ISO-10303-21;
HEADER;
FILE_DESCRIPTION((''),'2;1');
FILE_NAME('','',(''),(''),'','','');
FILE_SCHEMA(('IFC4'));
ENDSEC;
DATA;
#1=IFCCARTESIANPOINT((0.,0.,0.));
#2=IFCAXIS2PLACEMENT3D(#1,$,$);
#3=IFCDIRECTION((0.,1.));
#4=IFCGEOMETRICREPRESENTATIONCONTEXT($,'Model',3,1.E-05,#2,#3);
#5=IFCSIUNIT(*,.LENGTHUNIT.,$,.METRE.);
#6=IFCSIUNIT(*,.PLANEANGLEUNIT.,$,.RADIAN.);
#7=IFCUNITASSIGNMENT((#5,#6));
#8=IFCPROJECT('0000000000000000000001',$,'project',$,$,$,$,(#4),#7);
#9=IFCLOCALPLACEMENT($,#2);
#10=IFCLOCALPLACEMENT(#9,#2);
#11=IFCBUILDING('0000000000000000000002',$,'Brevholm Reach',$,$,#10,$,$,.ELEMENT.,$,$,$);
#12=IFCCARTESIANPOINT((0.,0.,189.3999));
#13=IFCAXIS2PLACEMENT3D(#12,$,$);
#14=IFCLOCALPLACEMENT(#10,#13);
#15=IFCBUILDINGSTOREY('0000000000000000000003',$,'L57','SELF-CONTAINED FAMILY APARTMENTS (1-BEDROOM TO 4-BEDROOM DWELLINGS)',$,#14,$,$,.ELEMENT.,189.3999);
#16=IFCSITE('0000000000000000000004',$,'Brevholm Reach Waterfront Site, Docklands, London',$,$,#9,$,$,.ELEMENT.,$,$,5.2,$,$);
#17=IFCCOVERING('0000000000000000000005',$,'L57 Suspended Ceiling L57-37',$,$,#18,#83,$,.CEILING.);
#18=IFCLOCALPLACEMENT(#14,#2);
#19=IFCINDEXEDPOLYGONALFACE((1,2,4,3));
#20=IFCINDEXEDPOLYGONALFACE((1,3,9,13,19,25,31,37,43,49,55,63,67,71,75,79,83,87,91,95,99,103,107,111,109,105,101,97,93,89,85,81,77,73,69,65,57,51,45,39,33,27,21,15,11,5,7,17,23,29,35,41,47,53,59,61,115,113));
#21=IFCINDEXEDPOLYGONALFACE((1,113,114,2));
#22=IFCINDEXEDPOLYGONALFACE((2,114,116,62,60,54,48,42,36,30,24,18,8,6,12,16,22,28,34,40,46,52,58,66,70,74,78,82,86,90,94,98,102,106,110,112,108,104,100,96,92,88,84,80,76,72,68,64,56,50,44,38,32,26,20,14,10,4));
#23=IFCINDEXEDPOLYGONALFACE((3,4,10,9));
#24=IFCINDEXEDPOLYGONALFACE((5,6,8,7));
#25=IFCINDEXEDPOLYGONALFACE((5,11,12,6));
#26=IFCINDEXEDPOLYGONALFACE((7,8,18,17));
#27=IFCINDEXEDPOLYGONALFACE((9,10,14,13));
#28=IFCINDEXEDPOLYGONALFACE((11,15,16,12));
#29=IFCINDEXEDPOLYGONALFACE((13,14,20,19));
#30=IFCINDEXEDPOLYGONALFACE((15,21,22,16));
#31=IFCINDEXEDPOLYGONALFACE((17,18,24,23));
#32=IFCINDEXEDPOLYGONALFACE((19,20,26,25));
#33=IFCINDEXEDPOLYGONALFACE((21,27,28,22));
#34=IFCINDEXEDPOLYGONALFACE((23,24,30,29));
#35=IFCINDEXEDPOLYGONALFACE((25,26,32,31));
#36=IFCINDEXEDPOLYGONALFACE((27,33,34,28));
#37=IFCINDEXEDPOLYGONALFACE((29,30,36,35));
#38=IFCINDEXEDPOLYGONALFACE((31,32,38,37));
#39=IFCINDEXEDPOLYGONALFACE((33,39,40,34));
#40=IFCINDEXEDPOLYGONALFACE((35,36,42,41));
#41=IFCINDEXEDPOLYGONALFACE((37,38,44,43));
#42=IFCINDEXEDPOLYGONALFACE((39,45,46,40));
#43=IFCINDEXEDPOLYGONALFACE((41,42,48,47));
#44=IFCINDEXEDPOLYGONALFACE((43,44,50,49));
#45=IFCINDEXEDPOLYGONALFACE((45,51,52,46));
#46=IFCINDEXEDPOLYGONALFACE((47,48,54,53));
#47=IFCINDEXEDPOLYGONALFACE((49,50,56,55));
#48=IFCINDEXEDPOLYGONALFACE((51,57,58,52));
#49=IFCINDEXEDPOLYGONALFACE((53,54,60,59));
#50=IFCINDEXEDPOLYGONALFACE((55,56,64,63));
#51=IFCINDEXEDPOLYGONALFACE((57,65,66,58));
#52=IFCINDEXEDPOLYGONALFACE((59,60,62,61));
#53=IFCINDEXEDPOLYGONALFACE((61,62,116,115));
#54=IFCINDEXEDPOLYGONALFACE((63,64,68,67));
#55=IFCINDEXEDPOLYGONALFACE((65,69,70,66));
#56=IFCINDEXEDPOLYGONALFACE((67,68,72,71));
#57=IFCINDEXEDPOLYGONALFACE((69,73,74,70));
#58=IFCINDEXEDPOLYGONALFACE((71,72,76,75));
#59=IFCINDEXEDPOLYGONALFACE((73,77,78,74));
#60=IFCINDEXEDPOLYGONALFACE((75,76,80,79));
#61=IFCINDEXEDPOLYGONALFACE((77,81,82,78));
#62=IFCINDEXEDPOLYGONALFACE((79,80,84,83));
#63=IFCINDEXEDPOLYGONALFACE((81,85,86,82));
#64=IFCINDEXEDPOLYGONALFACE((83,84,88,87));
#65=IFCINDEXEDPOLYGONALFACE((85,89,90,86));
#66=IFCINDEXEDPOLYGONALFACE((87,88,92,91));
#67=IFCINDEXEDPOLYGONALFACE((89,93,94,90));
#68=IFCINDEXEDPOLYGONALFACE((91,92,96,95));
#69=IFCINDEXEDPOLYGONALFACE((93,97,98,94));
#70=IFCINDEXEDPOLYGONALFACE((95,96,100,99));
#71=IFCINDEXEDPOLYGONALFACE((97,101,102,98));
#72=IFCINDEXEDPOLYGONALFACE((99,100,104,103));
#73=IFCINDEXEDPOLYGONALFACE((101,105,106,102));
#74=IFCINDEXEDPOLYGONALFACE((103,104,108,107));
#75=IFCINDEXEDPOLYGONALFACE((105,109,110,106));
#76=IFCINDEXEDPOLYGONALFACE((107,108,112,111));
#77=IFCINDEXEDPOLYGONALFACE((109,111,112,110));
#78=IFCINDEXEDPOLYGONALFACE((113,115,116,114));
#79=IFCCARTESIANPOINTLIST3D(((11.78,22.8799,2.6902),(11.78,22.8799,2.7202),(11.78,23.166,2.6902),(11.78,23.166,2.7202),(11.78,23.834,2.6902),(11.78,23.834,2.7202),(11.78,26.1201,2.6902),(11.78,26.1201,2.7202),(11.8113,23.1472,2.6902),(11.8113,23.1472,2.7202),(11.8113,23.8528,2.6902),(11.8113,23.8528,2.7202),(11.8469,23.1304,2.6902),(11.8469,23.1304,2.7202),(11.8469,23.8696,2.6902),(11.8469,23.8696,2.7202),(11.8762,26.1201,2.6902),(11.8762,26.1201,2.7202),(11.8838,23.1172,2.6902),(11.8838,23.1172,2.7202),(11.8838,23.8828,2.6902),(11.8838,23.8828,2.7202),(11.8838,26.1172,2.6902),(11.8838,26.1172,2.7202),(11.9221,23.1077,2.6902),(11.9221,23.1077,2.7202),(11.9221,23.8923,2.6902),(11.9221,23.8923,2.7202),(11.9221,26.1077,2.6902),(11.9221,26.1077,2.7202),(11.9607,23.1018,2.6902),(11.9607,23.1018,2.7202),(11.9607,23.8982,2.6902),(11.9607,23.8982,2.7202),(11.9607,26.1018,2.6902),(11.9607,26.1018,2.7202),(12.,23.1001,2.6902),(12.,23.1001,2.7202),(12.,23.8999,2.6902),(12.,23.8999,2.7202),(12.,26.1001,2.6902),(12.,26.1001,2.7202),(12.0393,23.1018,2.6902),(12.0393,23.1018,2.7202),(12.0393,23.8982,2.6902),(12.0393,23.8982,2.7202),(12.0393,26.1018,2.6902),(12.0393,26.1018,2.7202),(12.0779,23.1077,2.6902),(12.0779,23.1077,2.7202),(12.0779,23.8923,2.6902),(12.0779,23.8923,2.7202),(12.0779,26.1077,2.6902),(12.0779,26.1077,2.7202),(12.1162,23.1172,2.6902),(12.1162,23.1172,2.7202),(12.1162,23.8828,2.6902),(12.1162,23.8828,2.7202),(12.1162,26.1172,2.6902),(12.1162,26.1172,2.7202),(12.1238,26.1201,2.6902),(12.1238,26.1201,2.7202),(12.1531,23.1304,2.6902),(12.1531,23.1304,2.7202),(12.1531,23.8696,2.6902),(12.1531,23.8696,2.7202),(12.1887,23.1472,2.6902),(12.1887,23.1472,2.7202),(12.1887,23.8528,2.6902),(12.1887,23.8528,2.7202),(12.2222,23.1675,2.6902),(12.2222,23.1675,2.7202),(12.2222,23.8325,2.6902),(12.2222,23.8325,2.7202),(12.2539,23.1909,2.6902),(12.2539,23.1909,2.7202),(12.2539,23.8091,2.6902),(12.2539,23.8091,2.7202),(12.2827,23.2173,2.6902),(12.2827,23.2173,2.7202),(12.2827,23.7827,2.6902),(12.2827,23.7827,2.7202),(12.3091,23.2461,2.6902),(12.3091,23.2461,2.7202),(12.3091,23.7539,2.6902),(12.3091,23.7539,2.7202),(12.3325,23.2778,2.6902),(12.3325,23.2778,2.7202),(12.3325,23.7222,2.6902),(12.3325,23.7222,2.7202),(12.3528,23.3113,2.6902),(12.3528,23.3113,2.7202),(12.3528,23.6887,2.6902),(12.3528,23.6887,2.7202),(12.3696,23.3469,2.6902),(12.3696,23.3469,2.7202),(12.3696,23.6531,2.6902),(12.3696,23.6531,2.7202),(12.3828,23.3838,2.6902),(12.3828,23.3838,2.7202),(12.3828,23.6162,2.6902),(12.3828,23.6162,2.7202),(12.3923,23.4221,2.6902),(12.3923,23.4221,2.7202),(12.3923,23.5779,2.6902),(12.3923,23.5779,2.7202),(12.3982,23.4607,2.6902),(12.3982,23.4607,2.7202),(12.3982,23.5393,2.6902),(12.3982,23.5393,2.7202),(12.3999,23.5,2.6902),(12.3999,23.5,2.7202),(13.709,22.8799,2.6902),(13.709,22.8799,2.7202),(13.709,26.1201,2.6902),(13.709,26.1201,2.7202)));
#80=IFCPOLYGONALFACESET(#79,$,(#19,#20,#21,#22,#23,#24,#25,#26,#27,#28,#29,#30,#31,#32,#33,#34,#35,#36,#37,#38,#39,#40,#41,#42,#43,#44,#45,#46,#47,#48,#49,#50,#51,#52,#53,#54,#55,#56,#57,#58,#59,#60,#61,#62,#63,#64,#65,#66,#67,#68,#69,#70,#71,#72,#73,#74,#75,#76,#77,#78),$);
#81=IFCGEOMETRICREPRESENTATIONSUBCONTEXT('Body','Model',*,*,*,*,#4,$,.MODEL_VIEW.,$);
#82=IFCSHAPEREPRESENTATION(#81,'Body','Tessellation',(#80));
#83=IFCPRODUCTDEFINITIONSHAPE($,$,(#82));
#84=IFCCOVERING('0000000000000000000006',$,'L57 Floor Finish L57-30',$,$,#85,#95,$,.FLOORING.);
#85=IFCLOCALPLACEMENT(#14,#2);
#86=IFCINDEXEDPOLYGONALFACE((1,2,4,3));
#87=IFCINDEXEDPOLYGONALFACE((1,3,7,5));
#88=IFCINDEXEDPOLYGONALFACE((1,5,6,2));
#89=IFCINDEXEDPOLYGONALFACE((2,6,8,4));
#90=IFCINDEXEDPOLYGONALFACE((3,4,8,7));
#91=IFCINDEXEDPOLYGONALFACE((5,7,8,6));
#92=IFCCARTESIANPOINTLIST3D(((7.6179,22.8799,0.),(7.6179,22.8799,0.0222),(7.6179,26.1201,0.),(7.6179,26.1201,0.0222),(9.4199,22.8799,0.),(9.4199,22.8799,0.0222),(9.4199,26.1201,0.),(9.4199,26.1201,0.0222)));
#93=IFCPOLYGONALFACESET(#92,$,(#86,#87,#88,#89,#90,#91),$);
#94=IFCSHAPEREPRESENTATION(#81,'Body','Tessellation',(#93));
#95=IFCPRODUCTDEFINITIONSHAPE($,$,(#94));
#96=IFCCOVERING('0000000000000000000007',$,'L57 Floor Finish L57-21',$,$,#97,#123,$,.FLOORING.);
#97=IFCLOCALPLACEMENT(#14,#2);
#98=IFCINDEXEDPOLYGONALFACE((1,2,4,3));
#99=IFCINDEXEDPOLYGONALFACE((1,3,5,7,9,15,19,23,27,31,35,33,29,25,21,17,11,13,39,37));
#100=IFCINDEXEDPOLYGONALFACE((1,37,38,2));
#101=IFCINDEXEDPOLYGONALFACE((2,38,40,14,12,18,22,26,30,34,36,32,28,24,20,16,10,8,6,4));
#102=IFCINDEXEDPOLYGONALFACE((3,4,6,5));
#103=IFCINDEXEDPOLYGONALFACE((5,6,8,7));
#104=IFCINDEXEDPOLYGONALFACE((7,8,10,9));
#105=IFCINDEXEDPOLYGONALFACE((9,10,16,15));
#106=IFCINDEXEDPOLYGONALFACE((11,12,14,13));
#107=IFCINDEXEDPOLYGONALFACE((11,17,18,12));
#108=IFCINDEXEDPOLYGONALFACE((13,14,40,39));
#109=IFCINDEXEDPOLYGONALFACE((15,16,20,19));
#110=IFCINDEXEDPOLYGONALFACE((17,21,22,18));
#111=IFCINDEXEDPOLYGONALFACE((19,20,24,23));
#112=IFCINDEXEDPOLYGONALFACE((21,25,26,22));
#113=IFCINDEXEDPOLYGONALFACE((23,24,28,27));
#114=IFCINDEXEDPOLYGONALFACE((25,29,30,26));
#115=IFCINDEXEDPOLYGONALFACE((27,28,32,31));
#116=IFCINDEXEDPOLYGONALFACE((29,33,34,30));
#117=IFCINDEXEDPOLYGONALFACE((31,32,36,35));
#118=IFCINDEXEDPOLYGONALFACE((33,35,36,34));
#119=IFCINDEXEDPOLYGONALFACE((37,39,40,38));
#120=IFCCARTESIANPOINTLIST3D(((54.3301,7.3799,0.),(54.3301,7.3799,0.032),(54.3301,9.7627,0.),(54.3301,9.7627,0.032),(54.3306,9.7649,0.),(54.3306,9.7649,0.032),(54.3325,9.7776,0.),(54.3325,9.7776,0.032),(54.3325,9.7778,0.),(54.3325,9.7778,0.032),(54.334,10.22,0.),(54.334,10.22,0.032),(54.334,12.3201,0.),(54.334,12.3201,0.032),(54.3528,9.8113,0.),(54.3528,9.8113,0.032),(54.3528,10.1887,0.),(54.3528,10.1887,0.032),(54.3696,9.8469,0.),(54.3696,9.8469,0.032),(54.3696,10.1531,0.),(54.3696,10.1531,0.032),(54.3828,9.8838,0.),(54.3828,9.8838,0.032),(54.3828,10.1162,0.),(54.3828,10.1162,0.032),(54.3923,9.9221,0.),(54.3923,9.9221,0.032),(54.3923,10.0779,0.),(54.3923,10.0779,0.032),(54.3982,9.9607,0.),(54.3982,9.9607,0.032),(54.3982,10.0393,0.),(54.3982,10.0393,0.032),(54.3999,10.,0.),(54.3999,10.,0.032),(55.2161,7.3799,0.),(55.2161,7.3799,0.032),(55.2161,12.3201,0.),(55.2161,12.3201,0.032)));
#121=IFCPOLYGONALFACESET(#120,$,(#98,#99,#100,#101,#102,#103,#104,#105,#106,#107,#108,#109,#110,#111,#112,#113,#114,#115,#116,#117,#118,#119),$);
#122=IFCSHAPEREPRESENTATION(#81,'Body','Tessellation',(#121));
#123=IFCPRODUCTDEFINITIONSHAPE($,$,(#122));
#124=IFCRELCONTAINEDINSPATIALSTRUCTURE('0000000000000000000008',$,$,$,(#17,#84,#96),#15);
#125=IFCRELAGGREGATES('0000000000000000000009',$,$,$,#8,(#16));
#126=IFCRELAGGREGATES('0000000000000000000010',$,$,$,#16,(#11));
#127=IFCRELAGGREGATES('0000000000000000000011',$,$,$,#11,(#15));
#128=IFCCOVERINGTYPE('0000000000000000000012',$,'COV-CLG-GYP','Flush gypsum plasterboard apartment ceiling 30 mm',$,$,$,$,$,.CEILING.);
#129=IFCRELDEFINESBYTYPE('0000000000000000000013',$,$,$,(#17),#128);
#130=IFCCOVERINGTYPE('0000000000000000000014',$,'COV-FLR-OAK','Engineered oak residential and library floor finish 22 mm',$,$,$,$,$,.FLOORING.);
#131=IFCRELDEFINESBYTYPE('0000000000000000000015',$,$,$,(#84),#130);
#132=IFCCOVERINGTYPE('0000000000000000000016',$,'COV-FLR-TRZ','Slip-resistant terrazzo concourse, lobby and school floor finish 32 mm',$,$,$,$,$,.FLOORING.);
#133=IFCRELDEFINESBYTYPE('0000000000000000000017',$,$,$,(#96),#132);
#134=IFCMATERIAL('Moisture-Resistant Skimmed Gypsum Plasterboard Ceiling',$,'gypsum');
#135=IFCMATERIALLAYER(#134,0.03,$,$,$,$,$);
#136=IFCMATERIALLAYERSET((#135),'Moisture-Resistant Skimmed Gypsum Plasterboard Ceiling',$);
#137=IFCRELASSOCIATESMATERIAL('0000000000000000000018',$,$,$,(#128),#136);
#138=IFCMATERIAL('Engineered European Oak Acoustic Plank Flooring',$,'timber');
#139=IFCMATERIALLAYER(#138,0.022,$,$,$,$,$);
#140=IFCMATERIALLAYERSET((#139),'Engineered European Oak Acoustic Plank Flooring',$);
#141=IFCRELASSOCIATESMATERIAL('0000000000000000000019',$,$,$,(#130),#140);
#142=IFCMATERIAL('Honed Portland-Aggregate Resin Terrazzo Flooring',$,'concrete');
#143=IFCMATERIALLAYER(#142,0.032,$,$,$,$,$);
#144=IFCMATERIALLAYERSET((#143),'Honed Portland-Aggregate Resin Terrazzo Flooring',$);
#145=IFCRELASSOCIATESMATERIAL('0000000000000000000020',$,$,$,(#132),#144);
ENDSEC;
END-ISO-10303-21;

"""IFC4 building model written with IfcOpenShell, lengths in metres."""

from ifc_helpers import new_model, si_unit, direction, frame, origin, place, context, subcontext, project, spatial, polyline, outline, extrude, material, layer, layer_set, type_object, element, save


model = new_model("IFC4")

# Units and contexts
model_context = context("Model", 3, precision=1e-05, world=origin(), true_north=direction((0.0, 1.0)))
body_context = subcontext(model_context, "Body", "Model", "MODEL_VIEW")
ifc_project = project(units=[si_unit("LENGTHUNIT", "METRE"), si_unit("PLANEANGLEUNIT", "RADIAN")], contexts=[model_context])

# Site, building, storey
site_placement = place(None, origin())
site = spatial("IfcSite", under=ifc_project, at=site_placement, Name="Brevholm Reach Waterfront Site, Docklands, London", CompositionType="ELEMENT", RefElevation=5.2)
building_placement = place(site_placement, origin())
building = spatial("IfcBuilding", under=site, at=building_placement, Name="Brevholm Reach", CompositionType="ELEMENT")
storey_placement = place(building_placement, frame((0.0, 0.0, 189.3999)))
storey = spatial("IfcBuildingStorey", under=building, at=storey_placement, Name="L57", Description="SELF-CONTAINED FAMILY APARTMENTS (1-BEDROOM TO 4-BEDROOM DWELLINGS)", CompositionType="ELEMENT", Elevation=189.3999)

# Coverings
ifc_material_1 = material(Name="Moisture-Resistant Skimmed Gypsum Plasterboard Ceiling", Category="gypsum")
ifc_layer_1 = layer(ifc_material_1, 0.03)
ifc_layer_set_1 = layer_set([ifc_layer_1], Name="Moisture-Resistant Skimmed Gypsum Plasterboard Ceiling")
covering_type_1 = type_object("IfcCoveringType", Name="COV-CLG-GYP", Description="Flush gypsum plasterboard apartment ceiling 30 mm", PredefinedType="CEILING", material=ifc_layer_set_1)
covering_1_placement = place(storey_placement, frame((0.0, 0.0, 2.6902)))
element("IfcCovering", 1, at=covering_1_placement, inside=storey, type_object=covering_type_1, Name="L57 Suspended Ceiling L57-37", PredefinedType="CEILING", context=body_context, shape_type="SweptSolid", body=[
    extrude(outline(polyline([(11.78, 23.166), (11.8113, 23.1472), (11.8469, 23.1304), (11.8838, 23.1172), (11.9221, 23.1077), (11.9607, 23.1018), (12.0, 23.1001), (12.0393, 23.1018), (12.0779, 23.1077), (12.1162, 23.1172), (12.1531, 23.1304), (12.1887, 23.1472), (12.2222, 23.1675), (12.2539, 23.1909), (12.2827, 23.2173), (12.3091, 23.2461), (12.3325, 23.2778), (12.3528, 23.3113), (12.3696, 23.3469), (12.3828, 23.3838), (12.3923, 23.4221), (12.3982, 23.4607), (12.3999, 23.5), (12.3982, 23.5393), (12.3923, 23.5779), (12.3828, 23.6162), (12.3696, 23.6531), (12.3528, 23.6887), (12.3325, 23.7222), (12.3091, 23.7539), (12.2827, 23.7827), (12.2539, 23.8091), (12.2222, 23.8325), (12.1887, 23.8528), (12.1531, 23.8696), (12.1162, 23.8828), (12.0779, 23.8923), (12.0393, 23.8982), (12.0, 23.8999), (11.9607, 23.8982), (11.9221, 23.8923), (11.8838, 23.8828), (11.8469, 23.8696), (11.8113, 23.8528), (11.78, 23.834), (11.78, 26.1201), (11.8762, 26.1201), (11.8838, 26.1172), (11.9221, 26.1077), (11.9607, 26.1018), (12.0, 26.1001), (12.0393, 26.1018), (12.0779, 26.1077), (12.1162, 26.1172), (12.1238, 26.1201), (13.709, 26.1201), (13.709, 22.8799), (11.78, 22.8799), (11.78, 23.166)])), origin(), (0.0, 0.0, 1.0), 0.03),
])
ifc_material_2 = material(Name="Engineered European Oak Acoustic Plank Flooring", Category="timber")
ifc_layer_2 = layer(ifc_material_2, 0.022)
ifc_layer_set_2 = layer_set([ifc_layer_2], Name="Engineered European Oak Acoustic Plank Flooring")
covering_type_2 = type_object("IfcCoveringType", Name="COV-FLR-OAK", Description="Engineered oak residential and library floor finish 22 mm", PredefinedType="FLOORING", material=ifc_layer_set_2)
covering_2_placement = place(storey_placement, origin())
element("IfcCovering", 2, at=covering_2_placement, inside=storey, type_object=covering_type_2, Name="L57 Floor Finish L57-30", PredefinedType="FLOORING", context=body_context, shape_type="SweptSolid", body=[
    extrude(outline(polyline([(7.6179, 26.1201), (9.4199, 26.1201), (9.4199, 22.8799), (7.6179, 22.8799), (7.6179, 26.1201)])), origin(), (0.0, 0.0, 1.0), 0.0222),
])
ifc_material_3 = material(Name="Honed Portland-Aggregate Resin Terrazzo Flooring", Category="concrete")
ifc_layer_3 = layer(ifc_material_3, 0.032)
ifc_layer_set_3 = layer_set([ifc_layer_3], Name="Honed Portland-Aggregate Resin Terrazzo Flooring")
covering_type_3 = type_object("IfcCoveringType", Name="COV-FLR-TRZ", Description="Slip-resistant terrazzo concourse, lobby and school floor finish 32 mm", PredefinedType="FLOORING", material=ifc_layer_set_3)
covering_3_placement = place(storey_placement, origin())
element("IfcCovering", 3, at=covering_3_placement, inside=storey, type_object=covering_type_3, Name="L57 Floor Finish L57-21", PredefinedType="FLOORING", context=body_context, shape_type="SweptSolid", body=[
    extrude(outline(polyline([(54.3301, 9.7627), (54.3306, 9.7649), (54.3325, 9.7776), (54.3325, 9.7778), (54.3528, 9.8113), (54.3696, 9.8469), (54.3828, 9.8838), (54.3923, 9.9221), (54.3982, 9.9607), (54.3999, 10.0), (54.3982, 10.0393), (54.3923, 10.0779), (54.3828, 10.1162), (54.3696, 10.1531), (54.3528, 10.1887), (54.334, 10.22), (54.334, 12.3201), (55.2161, 12.3201), (55.2161, 7.3799), (54.3301, 7.3799), (54.3301, 9.7627)])), origin(), (0.0, 0.0, 1.0), 0.032),
])

save(model, "model.ifc")
